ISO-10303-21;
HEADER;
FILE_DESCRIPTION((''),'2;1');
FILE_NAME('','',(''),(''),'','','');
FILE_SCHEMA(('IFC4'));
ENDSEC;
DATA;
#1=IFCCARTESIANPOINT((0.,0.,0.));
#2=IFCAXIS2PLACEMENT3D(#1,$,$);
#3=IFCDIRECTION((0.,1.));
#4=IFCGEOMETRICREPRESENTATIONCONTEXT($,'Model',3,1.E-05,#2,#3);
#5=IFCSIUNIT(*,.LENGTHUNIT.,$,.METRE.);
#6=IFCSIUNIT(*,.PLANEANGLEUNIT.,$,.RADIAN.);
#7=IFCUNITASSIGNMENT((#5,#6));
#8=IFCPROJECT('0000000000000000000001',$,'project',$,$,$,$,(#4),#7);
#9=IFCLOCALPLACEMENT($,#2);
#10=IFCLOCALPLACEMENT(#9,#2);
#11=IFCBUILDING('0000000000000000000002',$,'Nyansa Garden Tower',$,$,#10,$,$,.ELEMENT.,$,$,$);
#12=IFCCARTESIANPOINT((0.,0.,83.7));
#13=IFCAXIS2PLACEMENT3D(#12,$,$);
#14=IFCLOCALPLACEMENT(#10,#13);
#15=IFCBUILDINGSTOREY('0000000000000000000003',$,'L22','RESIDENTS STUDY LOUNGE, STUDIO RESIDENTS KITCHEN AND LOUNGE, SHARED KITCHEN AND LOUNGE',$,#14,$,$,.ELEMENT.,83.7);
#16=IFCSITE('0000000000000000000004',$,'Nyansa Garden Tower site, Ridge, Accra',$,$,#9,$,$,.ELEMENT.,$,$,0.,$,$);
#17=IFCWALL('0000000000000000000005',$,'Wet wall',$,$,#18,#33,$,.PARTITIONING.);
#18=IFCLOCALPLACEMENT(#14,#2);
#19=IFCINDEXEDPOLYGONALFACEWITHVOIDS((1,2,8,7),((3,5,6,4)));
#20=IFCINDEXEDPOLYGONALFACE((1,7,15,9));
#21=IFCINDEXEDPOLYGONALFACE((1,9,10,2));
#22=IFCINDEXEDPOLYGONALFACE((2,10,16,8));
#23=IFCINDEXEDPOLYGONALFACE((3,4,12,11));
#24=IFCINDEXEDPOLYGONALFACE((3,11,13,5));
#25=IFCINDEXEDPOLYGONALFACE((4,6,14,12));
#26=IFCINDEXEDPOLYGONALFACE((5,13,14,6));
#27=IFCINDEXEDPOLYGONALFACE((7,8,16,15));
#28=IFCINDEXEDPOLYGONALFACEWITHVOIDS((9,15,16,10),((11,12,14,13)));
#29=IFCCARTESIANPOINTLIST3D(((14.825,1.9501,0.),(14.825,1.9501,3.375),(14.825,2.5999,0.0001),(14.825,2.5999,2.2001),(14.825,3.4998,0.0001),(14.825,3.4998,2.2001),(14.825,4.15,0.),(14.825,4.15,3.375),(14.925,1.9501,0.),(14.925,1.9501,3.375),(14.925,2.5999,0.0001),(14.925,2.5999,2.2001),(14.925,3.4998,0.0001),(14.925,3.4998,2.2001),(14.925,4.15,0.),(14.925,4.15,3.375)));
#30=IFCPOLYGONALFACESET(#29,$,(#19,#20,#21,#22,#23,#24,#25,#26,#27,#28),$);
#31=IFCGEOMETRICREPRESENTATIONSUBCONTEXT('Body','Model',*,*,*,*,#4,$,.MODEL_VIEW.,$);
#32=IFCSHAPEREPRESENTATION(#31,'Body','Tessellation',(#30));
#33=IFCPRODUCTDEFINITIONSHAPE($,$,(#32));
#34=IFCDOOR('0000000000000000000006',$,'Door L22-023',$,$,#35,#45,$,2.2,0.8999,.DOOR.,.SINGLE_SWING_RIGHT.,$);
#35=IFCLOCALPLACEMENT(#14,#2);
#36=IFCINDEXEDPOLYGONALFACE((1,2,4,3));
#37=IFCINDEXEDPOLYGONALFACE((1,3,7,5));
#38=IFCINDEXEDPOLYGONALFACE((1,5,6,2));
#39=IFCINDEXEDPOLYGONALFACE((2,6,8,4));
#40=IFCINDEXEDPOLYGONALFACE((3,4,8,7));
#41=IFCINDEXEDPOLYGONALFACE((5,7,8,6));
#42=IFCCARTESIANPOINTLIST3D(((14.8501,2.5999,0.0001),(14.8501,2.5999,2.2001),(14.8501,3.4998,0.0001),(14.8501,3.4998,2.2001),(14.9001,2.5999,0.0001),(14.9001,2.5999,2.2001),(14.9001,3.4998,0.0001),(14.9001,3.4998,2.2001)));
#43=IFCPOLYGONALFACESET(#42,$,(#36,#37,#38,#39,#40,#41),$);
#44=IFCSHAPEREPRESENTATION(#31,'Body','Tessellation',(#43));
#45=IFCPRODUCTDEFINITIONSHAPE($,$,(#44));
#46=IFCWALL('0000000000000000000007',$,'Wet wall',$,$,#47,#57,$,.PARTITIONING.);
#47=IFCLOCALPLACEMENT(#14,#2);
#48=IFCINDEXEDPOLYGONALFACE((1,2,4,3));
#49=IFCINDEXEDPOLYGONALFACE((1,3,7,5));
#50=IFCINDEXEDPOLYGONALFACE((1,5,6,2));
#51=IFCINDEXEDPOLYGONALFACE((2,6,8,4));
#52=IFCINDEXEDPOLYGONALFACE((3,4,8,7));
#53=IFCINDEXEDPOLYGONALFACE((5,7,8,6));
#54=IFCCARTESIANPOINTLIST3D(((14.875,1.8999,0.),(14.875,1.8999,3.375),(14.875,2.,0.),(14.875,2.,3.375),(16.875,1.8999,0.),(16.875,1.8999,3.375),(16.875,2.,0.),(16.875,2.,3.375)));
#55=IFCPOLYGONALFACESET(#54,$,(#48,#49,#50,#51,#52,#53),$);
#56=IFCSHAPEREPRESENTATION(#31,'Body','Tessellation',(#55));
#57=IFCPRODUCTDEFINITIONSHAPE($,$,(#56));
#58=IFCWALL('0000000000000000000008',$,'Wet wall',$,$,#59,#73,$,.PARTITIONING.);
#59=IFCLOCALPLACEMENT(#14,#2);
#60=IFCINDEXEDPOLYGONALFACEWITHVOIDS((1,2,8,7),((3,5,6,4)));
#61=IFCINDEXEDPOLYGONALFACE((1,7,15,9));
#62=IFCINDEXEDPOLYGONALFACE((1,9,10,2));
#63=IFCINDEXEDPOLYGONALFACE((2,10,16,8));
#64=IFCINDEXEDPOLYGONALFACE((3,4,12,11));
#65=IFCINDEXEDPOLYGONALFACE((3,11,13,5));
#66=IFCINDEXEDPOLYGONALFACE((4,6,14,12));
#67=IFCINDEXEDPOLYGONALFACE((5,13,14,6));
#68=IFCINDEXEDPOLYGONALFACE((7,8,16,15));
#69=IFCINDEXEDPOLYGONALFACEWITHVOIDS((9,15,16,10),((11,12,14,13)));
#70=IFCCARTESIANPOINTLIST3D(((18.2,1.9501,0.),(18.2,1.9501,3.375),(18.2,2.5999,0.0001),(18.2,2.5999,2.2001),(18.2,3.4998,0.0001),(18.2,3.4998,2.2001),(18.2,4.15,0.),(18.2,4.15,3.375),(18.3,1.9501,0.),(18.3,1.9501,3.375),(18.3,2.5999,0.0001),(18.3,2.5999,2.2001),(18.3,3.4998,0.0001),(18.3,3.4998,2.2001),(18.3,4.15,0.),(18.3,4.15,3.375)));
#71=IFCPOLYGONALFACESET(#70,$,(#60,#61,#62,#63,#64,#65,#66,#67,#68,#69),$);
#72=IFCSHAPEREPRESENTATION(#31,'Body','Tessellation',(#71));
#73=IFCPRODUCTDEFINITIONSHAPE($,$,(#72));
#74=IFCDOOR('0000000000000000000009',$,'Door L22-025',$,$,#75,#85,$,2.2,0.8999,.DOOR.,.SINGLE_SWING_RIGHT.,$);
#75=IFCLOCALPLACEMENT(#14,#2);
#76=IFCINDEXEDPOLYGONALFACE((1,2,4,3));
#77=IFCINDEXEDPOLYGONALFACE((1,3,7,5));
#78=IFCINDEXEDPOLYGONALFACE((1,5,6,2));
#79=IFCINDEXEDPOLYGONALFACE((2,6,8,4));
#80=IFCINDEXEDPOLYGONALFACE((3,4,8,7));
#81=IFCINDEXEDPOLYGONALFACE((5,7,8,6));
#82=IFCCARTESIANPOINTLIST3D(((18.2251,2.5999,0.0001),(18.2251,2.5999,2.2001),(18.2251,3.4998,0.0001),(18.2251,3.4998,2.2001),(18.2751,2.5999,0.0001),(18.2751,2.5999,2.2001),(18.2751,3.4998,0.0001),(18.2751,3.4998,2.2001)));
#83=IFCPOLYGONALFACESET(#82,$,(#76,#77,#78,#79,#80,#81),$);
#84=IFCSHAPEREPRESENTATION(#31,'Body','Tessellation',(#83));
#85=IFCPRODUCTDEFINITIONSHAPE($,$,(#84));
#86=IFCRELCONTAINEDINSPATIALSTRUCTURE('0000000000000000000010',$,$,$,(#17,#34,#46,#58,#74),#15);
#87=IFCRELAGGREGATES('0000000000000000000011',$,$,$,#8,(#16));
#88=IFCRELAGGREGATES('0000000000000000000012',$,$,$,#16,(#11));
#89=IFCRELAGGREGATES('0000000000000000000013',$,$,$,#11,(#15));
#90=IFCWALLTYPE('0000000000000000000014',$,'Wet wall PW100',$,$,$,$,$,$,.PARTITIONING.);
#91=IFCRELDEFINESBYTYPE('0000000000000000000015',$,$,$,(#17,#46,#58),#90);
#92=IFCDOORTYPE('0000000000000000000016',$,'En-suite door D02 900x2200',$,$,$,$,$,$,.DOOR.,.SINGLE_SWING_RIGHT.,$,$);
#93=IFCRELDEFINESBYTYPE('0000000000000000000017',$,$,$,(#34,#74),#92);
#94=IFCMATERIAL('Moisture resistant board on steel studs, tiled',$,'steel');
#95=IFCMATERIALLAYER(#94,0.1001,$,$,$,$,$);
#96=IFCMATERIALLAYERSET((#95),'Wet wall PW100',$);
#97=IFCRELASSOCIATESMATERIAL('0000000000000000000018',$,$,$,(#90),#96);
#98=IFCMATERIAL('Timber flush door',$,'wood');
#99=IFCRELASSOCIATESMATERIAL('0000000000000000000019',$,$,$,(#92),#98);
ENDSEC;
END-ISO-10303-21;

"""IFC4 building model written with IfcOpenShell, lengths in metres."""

from ifc_helpers import new_model, si_unit, direction, frame, frame_2d, origin, place, context, subcontext, project, spatial, rectangle, extrude, material, layer, layer_set, type_object, element, fill, save


model = new_model("IFC4")

# Units and contexts
model_context = context("Model", 3, precision=1e-05, world=origin(), true_north=direction((0.0, 1.0)))
body_context = subcontext(model_context, "Body", "Model", "MODEL_VIEW")
ifc_project = project(units=[si_unit("LENGTHUNIT", "METRE"), si_unit("PLANEANGLEUNIT", "RADIAN")], contexts=[model_context])

# Site, building, storey
site_placement = place(None, origin())
site = spatial("IfcSite", under=ifc_project, at=site_placement, Name="Nyansa Garden Tower site, Ridge, Accra", CompositionType="ELEMENT", RefElevation=0.0)
building_placement = place(site_placement, origin())
building = spatial("IfcBuilding", under=site, at=building_placement, Name="Nyansa Garden Tower", CompositionType="ELEMENT")
storey_placement = place(building_placement, frame((0.0, 0.0, 83.7)))
storey = spatial("IfcBuildingStorey", under=building, at=storey_placement, Name="L22", Description="RESIDENTS STUDY LOUNGE, STUDIO RESIDENTS KITCHEN AND LOUNGE, SHARED KITCHEN AND LOUNGE", CompositionType="ELEMENT", Elevation=83.7)

# Shared definitions
ifc_material_1 = material(Name="Moisture resistant board on steel studs, tiled", Category="steel")
ifc_layer_1 = layer(ifc_material_1, 0.1001)
ifc_layer_set_1 = layer_set([ifc_layer_1], Name="Wet wall PW100")
wall_type_1 = type_object("IfcWallType", Name="Wet wall PW100", PredefinedType="PARTITIONING", material=ifc_layer_set_1)
ifc_material_2 = material(Name="Timber flush door", Category="wood")
door_type = type_object("IfcDoorType", Name="En-suite door D02 900x2200", OperationType="SINGLE_SWING_RIGHT", PredefinedType="DOOR", material=ifc_material_2)

# Wall, opening, door
wall_1_placement = place(storey_placement, frame((14.875, 1.95, 0.0), z_axis=(0.0, 0.0, 1.0), x_axis=(0.0, 1.0, 0.0)))
wall_1 = element("IfcWall", 1, at=wall_1_placement, inside=storey, type_object=wall_type_1, Name="Wet wall", PredefinedType="PARTITIONING", context=body_context, shape_type="SweptSolid", body=[
    extrude(rectangle(XDim=2.2, YDim=0.1001, at=frame_2d((1.1001, 0.0))), origin(), (0.0, 0.0, 1.0), 3.375),
])
opening_1_placement = place(wall_1_placement, frame((0.6499, 0.0, 0.0)))
opening_1 = element("IfcOpeningElement", 2, at=opening_1_placement, cuts=wall_1, PredefinedType="OPENING", context=body_context, shape_type="SweptSolid", body=[
    extrude(rectangle(XDim=0.8999, YDim=2.2, at=frame_2d((0.45, 1.1001))), frame((0.0, 0.0601, 0.0), z_axis=(0.0, -1.0, 0.0), x_axis=(1.0, 0.0, 0.0)), (0.0, 0.0, 1.0), 0.1201),
])
door_1_placement = place(opening_1_placement, origin())
door_1 = element("IfcDoor", 3, at=door_1_placement, inside=storey, type_object=door_type, Name="Door L22-023", OperationType="SINGLE_SWING_RIGHT", OverallHeight=2.2, OverallWidth=0.8999, PredefinedType="DOOR", context=body_context, shape_type="SweptSolid", body=[
    extrude(rectangle(XDim=0.8999, YDim=2.2, at=frame_2d((0.45, 1.1001))), frame((0.0, 0.0249, 0.0), z_axis=(0.0, -1.0, 0.0), x_axis=(1.0, 0.0, 0.0)), (0.0, 0.0, 1.0), 0.05),
])
fill(opening_1, door_1)

# Wall
wall_2_placement = place(storey_placement, frame((14.875, 1.95, 0.0), z_axis=(0.0, 0.0, 1.0), x_axis=(1.0, 0.0, 0.0)))
element("IfcWall", 4, at=wall_2_placement, inside=storey, type_object=wall_type_1, Name="Wet wall", PredefinedType="PARTITIONING", context=body_context, shape_type="SweptSolid", body=[
    extrude(rectangle(XDim=2.0, YDim=0.1001, at=frame_2d((1.0, 0.0))), origin(), (0.0, 0.0, 1.0), 3.375),
])

# Wall, opening, door
wall_3_placement = place(storey_placement, frame((18.25, 1.95, 0.0), z_axis=(0.0, 0.0, 1.0), x_axis=(0.0, 1.0, 0.0)))
wall_3 = element("IfcWall", 5, at=wall_3_placement, inside=storey, type_object=wall_type_1, Name="Wet wall", PredefinedType="PARTITIONING", context=body_context, shape_type="SweptSolid", body=[
    extrude(rectangle(XDim=2.2, YDim=0.1001, at=frame_2d((1.1001, 0.0))), origin(), (0.0, 0.0, 1.0), 3.375),
])
opening_2_placement = place(wall_3_placement, frame((0.6499, 0.0, 0.0)))
opening_2 = element("IfcOpeningElement", 6, at=opening_2_placement, cuts=wall_3, PredefinedType="OPENING", context=body_context, shape_type="SweptSolid", body=[
    extrude(rectangle(XDim=0.8999, YDim=2.2, at=frame_2d((0.45, 1.1001))), frame((0.0, 0.0601, 0.0), z_axis=(0.0, -1.0, 0.0), x_axis=(1.0, 0.0, 0.0)), (0.0, 0.0, 1.0), 0.1201),
])
door_2_placement = place(opening_2_placement, origin())
door_2 = element("IfcDoor", 7, at=door_2_placement, inside=storey, type_object=door_type, Name="Door L22-025", OperationType="SINGLE_SWING_RIGHT", OverallHeight=2.2, OverallWidth=0.8999, PredefinedType="DOOR", context=body_context, shape_type="SweptSolid", body=[
    extrude(rectangle(XDim=0.8999, YDim=2.2, at=frame_2d((0.45, 1.1001))), frame((0.0, 0.0249, 0.0), z_axis=(0.0, -1.0, 0.0), x_axis=(1.0, 0.0, 0.0)), (0.0, 0.0, 1.0), 0.05),
])
fill(opening_2, door_2)

save(model, "model.ifc")
